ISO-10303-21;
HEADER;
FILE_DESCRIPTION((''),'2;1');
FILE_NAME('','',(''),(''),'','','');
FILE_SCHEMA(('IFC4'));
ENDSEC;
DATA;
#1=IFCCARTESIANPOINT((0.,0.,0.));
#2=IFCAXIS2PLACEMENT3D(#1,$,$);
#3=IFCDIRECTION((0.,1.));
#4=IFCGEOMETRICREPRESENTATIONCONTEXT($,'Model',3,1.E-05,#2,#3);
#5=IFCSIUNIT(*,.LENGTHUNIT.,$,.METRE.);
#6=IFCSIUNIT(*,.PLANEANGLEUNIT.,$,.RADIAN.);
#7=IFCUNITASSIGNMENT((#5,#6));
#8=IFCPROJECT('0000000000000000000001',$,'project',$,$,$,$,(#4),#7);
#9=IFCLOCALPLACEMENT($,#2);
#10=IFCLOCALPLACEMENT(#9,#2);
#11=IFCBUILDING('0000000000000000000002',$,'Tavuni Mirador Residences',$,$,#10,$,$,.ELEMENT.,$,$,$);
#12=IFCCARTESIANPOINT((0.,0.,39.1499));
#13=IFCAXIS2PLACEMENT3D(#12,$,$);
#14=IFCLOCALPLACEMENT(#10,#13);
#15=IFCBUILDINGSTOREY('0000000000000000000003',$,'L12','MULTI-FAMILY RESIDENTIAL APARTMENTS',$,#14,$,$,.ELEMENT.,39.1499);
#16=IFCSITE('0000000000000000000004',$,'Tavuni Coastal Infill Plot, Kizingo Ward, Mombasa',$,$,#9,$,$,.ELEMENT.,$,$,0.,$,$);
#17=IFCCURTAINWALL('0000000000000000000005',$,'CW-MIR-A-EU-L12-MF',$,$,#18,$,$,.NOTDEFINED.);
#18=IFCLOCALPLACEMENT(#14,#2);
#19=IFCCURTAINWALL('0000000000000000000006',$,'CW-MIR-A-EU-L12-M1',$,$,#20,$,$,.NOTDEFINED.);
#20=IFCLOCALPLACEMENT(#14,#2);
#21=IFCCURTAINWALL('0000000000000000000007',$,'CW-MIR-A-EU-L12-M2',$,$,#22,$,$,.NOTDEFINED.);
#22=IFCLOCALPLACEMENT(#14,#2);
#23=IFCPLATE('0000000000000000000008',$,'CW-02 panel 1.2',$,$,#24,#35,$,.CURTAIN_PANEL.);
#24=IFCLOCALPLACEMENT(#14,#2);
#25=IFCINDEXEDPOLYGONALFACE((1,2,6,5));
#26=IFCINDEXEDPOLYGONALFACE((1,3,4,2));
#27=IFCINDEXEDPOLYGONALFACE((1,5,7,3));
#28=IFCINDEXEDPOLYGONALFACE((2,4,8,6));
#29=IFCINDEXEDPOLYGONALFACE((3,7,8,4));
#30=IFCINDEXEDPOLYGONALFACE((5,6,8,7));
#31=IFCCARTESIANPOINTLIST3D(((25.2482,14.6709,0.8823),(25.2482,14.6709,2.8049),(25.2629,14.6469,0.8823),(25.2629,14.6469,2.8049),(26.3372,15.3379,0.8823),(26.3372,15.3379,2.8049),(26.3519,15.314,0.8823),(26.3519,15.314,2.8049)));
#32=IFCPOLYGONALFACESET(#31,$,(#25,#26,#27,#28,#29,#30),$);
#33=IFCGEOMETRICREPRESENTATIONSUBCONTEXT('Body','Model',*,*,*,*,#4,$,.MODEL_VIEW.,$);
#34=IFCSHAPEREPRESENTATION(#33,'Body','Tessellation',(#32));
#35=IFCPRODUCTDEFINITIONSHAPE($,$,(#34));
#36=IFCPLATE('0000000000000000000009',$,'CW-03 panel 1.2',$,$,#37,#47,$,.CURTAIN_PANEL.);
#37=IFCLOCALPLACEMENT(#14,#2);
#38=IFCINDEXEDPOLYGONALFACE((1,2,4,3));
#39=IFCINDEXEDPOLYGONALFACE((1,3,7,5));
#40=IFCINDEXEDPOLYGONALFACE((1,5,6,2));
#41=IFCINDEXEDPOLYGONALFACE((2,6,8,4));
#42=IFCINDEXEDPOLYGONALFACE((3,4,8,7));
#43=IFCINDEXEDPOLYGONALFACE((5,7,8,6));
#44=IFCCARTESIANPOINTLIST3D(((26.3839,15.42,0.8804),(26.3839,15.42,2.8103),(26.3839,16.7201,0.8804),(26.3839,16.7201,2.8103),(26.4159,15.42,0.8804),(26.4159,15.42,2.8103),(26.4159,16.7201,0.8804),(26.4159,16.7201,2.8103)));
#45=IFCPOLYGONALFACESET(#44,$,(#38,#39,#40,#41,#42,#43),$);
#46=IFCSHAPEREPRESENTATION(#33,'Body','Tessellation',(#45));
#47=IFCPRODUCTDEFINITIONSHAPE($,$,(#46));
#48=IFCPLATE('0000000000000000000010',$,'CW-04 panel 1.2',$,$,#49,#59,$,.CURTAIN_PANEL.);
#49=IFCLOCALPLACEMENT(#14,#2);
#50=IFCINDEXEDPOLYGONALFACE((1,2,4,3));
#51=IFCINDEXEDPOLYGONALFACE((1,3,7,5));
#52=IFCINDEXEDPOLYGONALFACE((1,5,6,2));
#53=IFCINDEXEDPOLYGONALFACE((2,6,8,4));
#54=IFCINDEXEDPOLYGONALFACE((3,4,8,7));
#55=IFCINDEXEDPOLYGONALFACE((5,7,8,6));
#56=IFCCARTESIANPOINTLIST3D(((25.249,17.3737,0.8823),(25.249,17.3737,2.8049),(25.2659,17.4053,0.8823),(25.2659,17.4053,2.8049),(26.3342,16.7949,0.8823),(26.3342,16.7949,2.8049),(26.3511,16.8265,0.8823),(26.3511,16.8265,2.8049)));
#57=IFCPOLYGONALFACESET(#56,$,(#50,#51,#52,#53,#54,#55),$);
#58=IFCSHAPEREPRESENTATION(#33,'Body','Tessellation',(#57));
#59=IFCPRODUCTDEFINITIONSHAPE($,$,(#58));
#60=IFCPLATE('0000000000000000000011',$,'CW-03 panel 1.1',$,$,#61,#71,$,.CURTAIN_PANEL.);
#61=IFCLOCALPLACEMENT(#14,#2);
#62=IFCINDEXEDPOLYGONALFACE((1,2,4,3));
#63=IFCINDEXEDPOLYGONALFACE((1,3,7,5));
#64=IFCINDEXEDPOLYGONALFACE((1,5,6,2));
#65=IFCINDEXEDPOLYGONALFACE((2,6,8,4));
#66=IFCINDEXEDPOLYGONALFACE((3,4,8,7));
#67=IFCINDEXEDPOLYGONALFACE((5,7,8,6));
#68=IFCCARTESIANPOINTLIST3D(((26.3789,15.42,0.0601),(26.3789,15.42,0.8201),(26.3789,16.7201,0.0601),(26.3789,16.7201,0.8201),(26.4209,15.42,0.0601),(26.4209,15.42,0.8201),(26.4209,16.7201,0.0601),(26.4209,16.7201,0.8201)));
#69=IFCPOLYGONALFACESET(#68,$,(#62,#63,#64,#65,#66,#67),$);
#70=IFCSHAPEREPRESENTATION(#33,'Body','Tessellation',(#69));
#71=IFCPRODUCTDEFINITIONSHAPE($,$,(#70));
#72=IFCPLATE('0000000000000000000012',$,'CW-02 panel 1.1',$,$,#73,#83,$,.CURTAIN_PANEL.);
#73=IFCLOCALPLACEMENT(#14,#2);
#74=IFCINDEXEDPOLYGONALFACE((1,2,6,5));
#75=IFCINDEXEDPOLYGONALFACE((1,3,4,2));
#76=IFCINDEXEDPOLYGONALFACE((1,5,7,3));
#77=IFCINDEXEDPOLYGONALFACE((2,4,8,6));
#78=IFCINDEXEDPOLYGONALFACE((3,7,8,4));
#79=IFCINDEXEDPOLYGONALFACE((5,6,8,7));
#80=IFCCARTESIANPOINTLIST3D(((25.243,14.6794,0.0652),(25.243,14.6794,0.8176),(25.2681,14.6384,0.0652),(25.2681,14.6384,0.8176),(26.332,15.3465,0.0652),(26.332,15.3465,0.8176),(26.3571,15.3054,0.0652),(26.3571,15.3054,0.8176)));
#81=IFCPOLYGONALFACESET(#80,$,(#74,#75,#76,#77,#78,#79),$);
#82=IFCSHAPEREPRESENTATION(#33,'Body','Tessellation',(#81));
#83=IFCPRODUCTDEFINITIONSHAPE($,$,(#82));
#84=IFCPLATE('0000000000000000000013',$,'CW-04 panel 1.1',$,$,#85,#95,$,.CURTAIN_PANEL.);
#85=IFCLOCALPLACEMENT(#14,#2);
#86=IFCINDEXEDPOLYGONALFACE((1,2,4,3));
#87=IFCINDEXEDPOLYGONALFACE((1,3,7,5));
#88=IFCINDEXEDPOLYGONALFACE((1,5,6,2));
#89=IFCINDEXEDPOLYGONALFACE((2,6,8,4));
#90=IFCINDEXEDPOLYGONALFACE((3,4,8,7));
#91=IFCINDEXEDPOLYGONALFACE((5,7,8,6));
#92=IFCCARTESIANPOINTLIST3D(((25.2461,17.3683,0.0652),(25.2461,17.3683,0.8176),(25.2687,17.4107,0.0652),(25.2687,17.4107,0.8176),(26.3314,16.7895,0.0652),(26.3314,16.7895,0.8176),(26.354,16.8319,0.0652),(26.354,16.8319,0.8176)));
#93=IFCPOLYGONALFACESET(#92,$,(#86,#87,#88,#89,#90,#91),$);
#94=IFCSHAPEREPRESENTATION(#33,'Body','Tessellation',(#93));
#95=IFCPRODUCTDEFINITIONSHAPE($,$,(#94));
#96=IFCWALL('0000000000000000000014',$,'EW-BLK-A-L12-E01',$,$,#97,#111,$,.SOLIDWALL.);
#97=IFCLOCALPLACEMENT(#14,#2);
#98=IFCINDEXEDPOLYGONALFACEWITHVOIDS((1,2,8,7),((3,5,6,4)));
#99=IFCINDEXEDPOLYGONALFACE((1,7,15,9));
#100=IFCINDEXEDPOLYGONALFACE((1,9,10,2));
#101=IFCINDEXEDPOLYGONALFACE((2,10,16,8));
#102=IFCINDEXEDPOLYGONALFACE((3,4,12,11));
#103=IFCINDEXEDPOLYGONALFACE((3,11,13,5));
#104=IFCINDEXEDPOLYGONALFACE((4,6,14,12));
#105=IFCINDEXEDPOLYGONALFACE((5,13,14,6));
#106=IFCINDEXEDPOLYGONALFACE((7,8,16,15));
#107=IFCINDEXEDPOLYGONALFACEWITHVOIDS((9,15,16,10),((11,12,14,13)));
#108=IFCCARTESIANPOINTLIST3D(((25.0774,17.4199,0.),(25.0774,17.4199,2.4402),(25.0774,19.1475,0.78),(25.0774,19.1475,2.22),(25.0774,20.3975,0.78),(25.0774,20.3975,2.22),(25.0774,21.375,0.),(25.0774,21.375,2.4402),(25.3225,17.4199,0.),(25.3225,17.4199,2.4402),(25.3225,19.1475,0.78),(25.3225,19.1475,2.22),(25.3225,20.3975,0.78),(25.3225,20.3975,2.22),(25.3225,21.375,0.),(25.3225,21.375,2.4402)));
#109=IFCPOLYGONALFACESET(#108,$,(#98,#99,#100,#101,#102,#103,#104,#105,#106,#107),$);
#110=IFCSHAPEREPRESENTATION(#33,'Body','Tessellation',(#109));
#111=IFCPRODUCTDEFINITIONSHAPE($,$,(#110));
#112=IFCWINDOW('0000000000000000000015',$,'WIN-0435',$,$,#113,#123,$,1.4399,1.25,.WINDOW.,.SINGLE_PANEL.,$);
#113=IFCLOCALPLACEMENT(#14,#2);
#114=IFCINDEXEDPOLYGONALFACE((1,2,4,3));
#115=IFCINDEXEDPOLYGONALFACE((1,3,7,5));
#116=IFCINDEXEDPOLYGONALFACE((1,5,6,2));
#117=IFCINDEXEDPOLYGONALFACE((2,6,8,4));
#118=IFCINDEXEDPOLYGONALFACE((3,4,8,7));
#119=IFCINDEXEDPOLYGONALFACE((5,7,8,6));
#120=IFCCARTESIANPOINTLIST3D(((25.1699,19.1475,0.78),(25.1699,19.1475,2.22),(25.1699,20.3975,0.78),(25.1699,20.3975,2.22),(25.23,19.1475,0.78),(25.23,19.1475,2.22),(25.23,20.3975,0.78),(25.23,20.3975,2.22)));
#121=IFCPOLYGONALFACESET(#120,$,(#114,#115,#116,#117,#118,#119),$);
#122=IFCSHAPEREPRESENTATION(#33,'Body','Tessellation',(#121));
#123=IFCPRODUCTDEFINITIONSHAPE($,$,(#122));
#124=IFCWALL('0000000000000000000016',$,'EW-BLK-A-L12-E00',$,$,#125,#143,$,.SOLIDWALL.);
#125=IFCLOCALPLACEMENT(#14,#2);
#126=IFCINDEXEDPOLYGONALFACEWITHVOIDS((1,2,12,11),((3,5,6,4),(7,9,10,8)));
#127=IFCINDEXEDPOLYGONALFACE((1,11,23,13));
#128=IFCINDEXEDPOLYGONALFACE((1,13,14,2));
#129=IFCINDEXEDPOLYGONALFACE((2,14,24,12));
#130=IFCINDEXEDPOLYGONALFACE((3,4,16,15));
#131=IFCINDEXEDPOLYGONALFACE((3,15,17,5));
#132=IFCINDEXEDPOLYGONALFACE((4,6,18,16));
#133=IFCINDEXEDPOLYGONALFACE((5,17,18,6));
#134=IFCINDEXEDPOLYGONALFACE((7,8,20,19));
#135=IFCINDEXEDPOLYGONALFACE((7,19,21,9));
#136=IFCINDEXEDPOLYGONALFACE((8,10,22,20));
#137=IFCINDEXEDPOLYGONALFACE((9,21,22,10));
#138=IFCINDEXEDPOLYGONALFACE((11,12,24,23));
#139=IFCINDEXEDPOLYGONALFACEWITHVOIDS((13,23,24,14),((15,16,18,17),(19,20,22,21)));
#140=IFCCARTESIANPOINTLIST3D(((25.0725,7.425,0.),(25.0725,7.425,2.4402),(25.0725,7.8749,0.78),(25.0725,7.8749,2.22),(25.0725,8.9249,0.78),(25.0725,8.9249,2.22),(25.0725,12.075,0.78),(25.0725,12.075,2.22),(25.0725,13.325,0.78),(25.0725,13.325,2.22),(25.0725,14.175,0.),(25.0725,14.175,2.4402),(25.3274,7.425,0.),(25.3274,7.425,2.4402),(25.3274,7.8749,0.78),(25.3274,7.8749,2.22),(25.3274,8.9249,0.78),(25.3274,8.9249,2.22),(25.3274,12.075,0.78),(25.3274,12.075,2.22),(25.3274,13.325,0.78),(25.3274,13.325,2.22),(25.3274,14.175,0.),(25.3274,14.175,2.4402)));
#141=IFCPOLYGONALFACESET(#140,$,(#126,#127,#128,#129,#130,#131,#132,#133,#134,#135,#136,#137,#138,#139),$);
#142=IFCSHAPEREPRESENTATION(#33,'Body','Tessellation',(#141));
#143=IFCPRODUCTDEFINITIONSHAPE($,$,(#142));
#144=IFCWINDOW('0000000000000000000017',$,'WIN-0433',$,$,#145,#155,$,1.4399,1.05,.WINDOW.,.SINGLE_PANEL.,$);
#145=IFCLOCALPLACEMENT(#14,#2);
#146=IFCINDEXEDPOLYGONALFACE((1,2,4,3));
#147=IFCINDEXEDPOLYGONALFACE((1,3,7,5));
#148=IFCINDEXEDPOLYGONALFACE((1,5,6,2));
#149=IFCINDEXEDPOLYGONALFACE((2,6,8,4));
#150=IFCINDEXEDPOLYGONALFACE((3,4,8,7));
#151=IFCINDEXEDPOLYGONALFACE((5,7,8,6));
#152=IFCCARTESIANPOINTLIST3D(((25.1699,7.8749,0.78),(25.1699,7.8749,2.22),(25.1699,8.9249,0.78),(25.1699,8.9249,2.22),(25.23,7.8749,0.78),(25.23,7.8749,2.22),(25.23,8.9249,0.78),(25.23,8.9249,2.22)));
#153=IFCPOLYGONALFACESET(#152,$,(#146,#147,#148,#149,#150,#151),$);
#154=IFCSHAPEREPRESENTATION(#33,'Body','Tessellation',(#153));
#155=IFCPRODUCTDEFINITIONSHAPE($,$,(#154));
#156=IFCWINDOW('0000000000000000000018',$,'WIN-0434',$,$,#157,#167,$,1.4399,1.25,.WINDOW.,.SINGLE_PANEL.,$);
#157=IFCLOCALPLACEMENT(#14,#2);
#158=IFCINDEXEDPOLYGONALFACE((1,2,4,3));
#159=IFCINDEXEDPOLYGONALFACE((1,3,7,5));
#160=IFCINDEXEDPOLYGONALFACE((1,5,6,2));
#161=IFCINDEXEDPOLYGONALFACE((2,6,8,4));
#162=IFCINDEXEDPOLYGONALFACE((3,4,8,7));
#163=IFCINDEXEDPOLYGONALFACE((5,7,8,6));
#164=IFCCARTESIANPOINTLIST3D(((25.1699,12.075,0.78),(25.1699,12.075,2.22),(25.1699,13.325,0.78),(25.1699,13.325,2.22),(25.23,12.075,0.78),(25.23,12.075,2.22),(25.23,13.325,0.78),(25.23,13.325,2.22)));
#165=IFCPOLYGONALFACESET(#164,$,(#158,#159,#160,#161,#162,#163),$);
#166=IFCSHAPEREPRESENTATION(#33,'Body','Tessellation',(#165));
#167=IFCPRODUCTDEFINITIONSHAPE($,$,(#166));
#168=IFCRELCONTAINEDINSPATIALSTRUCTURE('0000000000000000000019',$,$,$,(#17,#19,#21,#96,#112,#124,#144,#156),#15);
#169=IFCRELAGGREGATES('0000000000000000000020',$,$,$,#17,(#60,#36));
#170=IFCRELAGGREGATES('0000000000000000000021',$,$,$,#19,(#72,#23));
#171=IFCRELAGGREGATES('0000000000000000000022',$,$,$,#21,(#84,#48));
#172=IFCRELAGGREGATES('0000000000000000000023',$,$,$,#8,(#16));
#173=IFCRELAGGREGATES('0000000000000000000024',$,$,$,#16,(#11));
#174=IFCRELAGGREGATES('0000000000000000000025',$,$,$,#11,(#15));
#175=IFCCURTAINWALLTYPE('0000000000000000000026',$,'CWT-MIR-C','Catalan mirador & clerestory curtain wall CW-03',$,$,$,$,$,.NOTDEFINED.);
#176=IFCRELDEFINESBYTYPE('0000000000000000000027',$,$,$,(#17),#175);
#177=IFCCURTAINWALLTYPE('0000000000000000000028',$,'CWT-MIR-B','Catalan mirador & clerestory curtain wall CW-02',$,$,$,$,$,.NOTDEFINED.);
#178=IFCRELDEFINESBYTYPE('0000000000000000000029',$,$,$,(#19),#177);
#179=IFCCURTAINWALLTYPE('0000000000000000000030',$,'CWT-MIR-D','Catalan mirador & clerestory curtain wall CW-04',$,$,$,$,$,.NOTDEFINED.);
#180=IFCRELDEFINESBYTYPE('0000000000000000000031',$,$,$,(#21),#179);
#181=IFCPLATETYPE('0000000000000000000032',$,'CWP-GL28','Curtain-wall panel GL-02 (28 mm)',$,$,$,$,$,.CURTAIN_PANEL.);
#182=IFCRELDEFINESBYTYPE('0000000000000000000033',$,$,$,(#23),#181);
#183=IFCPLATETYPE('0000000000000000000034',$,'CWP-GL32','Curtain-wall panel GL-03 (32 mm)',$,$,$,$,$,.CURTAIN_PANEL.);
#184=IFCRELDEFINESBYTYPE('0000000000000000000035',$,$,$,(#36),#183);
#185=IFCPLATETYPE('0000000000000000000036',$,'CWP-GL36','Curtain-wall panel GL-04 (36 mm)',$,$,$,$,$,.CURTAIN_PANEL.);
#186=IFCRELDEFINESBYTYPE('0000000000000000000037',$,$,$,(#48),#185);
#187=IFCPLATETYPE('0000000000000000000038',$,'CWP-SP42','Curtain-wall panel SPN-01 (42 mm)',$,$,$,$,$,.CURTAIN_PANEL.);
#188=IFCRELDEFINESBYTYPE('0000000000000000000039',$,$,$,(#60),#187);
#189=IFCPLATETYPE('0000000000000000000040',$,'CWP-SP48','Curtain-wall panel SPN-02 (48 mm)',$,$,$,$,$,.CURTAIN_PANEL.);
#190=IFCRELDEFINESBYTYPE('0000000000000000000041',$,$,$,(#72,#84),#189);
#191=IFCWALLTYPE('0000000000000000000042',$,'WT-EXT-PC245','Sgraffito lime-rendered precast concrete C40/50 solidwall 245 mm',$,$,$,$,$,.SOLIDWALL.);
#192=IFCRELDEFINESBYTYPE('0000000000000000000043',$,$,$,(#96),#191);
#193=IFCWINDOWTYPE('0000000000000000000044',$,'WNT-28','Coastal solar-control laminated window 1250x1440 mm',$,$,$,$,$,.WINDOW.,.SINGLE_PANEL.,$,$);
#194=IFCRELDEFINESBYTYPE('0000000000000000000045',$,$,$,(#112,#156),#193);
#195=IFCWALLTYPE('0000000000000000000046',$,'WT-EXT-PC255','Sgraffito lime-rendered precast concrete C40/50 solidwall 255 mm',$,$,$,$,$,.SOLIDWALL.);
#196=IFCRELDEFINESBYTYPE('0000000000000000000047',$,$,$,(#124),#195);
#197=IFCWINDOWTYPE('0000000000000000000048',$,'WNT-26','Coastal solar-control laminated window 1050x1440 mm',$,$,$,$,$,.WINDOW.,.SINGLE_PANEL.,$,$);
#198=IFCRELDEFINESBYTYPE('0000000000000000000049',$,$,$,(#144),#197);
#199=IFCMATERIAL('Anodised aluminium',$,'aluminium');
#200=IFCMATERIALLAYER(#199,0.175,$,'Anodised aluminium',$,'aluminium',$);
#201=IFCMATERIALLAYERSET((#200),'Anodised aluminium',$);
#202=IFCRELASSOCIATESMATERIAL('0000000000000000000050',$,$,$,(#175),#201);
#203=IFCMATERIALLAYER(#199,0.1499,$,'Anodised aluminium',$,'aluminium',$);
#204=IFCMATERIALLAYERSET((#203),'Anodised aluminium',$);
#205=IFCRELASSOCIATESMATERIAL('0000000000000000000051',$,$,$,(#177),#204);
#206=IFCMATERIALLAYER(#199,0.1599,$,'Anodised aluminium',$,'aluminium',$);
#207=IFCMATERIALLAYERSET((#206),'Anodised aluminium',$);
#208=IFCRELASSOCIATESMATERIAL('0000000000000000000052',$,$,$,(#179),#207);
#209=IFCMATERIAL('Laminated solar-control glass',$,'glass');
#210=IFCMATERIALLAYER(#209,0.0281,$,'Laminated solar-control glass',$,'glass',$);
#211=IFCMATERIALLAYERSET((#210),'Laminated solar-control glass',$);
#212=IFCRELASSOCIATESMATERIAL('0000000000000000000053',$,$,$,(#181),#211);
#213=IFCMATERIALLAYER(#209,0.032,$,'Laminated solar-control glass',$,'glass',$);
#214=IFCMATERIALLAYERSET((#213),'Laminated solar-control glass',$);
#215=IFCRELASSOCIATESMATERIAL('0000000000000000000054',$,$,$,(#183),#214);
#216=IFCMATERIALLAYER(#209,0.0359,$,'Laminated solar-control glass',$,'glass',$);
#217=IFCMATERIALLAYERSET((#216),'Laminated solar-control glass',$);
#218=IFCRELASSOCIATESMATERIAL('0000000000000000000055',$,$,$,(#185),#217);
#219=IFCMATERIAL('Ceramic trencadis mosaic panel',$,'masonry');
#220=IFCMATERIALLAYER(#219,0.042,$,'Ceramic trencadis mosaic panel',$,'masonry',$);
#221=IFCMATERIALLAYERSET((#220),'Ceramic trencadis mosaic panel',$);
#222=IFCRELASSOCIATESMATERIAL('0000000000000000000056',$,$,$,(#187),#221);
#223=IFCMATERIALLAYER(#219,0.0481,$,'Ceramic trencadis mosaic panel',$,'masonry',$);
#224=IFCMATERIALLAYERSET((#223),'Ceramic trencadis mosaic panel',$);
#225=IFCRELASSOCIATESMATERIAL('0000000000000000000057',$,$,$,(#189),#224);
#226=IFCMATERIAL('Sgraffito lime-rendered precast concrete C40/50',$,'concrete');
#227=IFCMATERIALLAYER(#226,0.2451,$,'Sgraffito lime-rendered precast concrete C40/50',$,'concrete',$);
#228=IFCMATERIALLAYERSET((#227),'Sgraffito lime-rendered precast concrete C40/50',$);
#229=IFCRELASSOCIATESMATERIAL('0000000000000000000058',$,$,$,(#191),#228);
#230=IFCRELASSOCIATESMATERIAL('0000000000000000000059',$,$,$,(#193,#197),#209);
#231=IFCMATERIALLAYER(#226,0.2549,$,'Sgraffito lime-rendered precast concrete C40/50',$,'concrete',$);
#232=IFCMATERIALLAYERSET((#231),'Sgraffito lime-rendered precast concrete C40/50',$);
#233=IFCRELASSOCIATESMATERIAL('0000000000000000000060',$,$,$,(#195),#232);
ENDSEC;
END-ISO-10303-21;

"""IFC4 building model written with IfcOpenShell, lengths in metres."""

from ifc_helpers import new_model, si_unit, direction, frame, frame_2d, origin, origin_2d, place, context, subcontext, project, spatial, rectangle, extrude, material, layer, layer_set, type_object, element, fill, aggregate, save


model = new_model("IFC4")

# Units and contexts
model_context = context("Model", 3, precision=1e-05, world=origin(), true_north=direction((0.0, 1.0)))
body_context = subcontext(model_context, "Body", "Model", "MODEL_VIEW")
ifc_project = project(units=[si_unit("LENGTHUNIT", "METRE"), si_unit("PLANEANGLEUNIT", "RADIAN")], contexts=[model_context])

# Site, building, storey
site_placement = place(None, origin())
site = spatial("IfcSite", under=ifc_project, at=site_placement, Name="Tavuni Coastal Infill Plot, Kizingo Ward, Mombasa", CompositionType="ELEMENT", RefElevation=0.0)
building_placement = place(site_placement, origin())
building = spatial("IfcBuilding", under=site, at=building_placement, Name="Tavuni Mirador Residences", CompositionType="ELEMENT")
storey_placement = place(building_placement, frame((0.0, 0.0, 39.1499)))
storey = spatial("IfcBuildingStorey", under=building, at=storey_placement, Name="L12", Description="MULTI-FAMILY RESIDENTIAL APARTMENTS", CompositionType="ELEMENT", Elevation=39.1499)

# Curtain walls
ifc_material_1 = material(Name="Anodised aluminium", Category="aluminium")
ifc_layer_1 = layer(ifc_material_1, 0.175, Name="Anodised aluminium", Category="aluminium")
ifc_layer_set_1 = layer_set([ifc_layer_1], Name="Anodised aluminium")
curtain_wall_type_1 = type_object("IfcCurtainWallType", Name="CWT-MIR-C", Description="Catalan mirador & clerestory curtain wall CW-03", PredefinedType="NOTDEFINED", material=ifc_layer_set_1)
curtain_wall_1_placement = place(storey_placement, origin())
curtain_wall_1 = element("IfcCurtainWall", 1, at=curtain_wall_1_placement, inside=storey, type_object=curtain_wall_type_1, Name="CW-MIR-A-EU-L12-MF", PredefinedType="NOTDEFINED")
ifc_layer_2 = layer(ifc_material_1, 0.1499, Name="Anodised aluminium", Category="aluminium")
ifc_layer_set_2 = layer_set([ifc_layer_2], Name="Anodised aluminium")
curtain_wall_type_2 = type_object("IfcCurtainWallType", Name="CWT-MIR-B", Description="Catalan mirador & clerestory curtain wall CW-02", PredefinedType="NOTDEFINED", material=ifc_layer_set_2)
curtain_wall_2_placement = place(storey_placement, origin())
curtain_wall_2 = element("IfcCurtainWall", 2, at=curtain_wall_2_placement, inside=storey, type_object=curtain_wall_type_2, Name="CW-MIR-A-EU-L12-M1", PredefinedType="NOTDEFINED")
ifc_layer_3 = layer(ifc_material_1, 0.1599, Name="Anodised aluminium", Category="aluminium")
ifc_layer_set_3 = layer_set([ifc_layer_3], Name="Anodised aluminium")
curtain_wall_type_3 = type_object("IfcCurtainWallType", Name="CWT-MIR-D", Description="Catalan mirador & clerestory curtain wall CW-04", PredefinedType="NOTDEFINED", material=ifc_layer_set_3)
curtain_wall_3_placement = place(storey_placement, origin())
curtain_wall_3 = element("IfcCurtainWall", 3, at=curtain_wall_3_placement, inside=storey, type_object=curtain_wall_type_3, Name="CW-MIR-A-EU-L12-M2", PredefinedType="NOTDEFINED")

# Plates
ifc_material_2 = material(Name="Laminated solar-control glass", Category="glass")
ifc_layer_4 = layer(ifc_material_2, 0.0281, Name="Laminated solar-control glass", Category="glass")
ifc_layer_set_4 = layer_set([ifc_layer_4], Name="Laminated solar-control glass")
plate_type_1 = type_object("IfcPlateType", Name="CWP-GL28", Description="Curtain-wall panel GL-02 (28 mm)", PredefinedType="CURTAIN_PANEL", material=ifc_layer_set_4)
plate_1_placement = place(storey_placement, frame((25.8, 14.9924, 0.8823), z_axis=(0.0, 0.0, 1.0), x_axis=(0.852754, 0.522312, 0.0)))
plate_1 = element("IfcPlate", 4, at=plate_1_placement, type_object=plate_type_1, Name="CW-02 panel 1.2", PredefinedType="CURTAIN_PANEL", context=body_context, shape_type="SweptSolid", body=[
    extrude(rectangle(XDim=1.2771, YDim=0.0281, at=origin_2d()), origin(), (0.0, 0.0, 1.0), 1.9226),
])
ifc_layer_5 = layer(ifc_material_2, 0.032, Name="Laminated solar-control glass", Category="glass")
ifc_layer_set_5 = layer_set([ifc_layer_5], Name="Laminated solar-control glass")
plate_type_2 = type_object("IfcPlateType", Name="CWP-GL32", Description="Curtain-wall panel GL-03 (32 mm)", PredefinedType="CURTAIN_PANEL", material=ifc_layer_set_5)
plate_2_placement = place(storey_placement, frame((26.3999, 16.0701, 0.8804), z_axis=(0.0, 0.0, 1.0), x_axis=(0.0, 1.0, 0.0)))
plate_2 = element("IfcPlate", 5, at=plate_2_placement, type_object=plate_type_2, Name="CW-03 panel 1.2", PredefinedType="CURTAIN_PANEL", context=body_context, shape_type="SweptSolid", body=[
    extrude(rectangle(XDim=1.3, YDim=0.032, at=origin_2d()), origin(), (0.0, 0.0, 1.0), 1.9299),
])
ifc_layer_6 = layer(ifc_material_2, 0.0359, Name="Laminated solar-control glass", Category="glass")
ifc_layer_set_6 = layer_set([ifc_layer_6], Name="Laminated solar-control glass")
plate_type_3 = type_object("IfcPlateType", Name="CWP-GL36", Description="Curtain-wall panel GL-04 (36 mm)", PredefinedType="CURTAIN_PANEL", material=ifc_layer_set_6)
plate_3_placement = place(storey_placement, frame((25.8, 17.1001, 0.8823), z_axis=(0.0, 0.0, 1.0), x_axis=(-0.882353, 0.470588, 0.0)))
plate_3 = element("IfcPlate", 6, at=plate_3_placement, type_object=plate_type_3, Name="CW-04 panel 1.2", PredefinedType="CURTAIN_PANEL", context=body_context, shape_type="SweptSolid", body=[
    extrude(rectangle(XDim=1.23, YDim=0.0359, at=origin_2d()), origin(), (0.0, 0.0, 1.0), 1.9226),
])
ifc_material_3 = material(Name="Ceramic trencadis mosaic panel", Category="masonry")
ifc_layer_7 = layer(ifc_material_3, 0.042, Name="Ceramic trencadis mosaic panel", Category="masonry")
ifc_layer_set_7 = layer_set([ifc_layer_7], Name="Ceramic trencadis mosaic panel")
plate_type_4 = type_object("IfcPlateType", Name="CWP-SP42", Description="Curtain-wall panel SPN-01 (42 mm)", PredefinedType="CURTAIN_PANEL", material=ifc_layer_set_7)
plate_4_placement = place(storey_placement, frame((26.3999, 16.0701, 0.0601), z_axis=(0.0, 0.0, 1.0), x_axis=(0.0, 1.0, 0.0)))
plate_4 = element("IfcPlate", 7, at=plate_4_placement, type_object=plate_type_4, Name="CW-03 panel 1.1", PredefinedType="CURTAIN_PANEL", context=body_context, shape_type="SweptSolid", body=[
    extrude(rectangle(XDim=1.3, YDim=0.042, at=origin_2d()), origin(), (0.0, 0.0, 1.0), 0.76),
])
aggregate(curtain_wall_1, [plate_4, plate_2])
ifc_layer_8 = layer(ifc_material_3, 0.0481, Name="Ceramic trencadis mosaic panel", Category="masonry")
ifc_layer_set_8 = layer_set([ifc_layer_8], Name="Ceramic trencadis mosaic panel")
plate_type_5 = type_object("IfcPlateType", Name="CWP-SP48", Description="Curtain-wall panel SPN-02 (48 mm)", PredefinedType="CURTAIN_PANEL", material=ifc_layer_set_8)
plate_5_placement = place(storey_placement, frame((25.8, 14.9924, 0.0652), z_axis=(0.0, 0.0, 1.0), x_axis=(0.852754, 0.522312, 0.0)))
plate_5 = element("IfcPlate", 8, at=plate_5_placement, type_object=plate_type_5, Name="CW-02 panel 1.1", PredefinedType="CURTAIN_PANEL", context=body_context, shape_type="SweptSolid", body=[
    extrude(rectangle(XDim=1.2771, YDim=0.0481, at=origin_2d()), origin(), (0.0, 0.0, 1.0), 0.7524),
])
aggregate(curtain_wall_2, [plate_5, plate_1])
plate_6_placement = place(storey_placement, frame((25.8, 17.1001, 0.0652), z_axis=(0.0, 0.0, 1.0), x_axis=(-0.882353, 0.470588, 0.0)))
plate_6 = element("IfcPlate", 9, at=plate_6_placement, type_object=plate_type_5, Name="CW-04 panel 1.1", PredefinedType="CURTAIN_PANEL", context=body_context, shape_type="SweptSolid", body=[
    extrude(rectangle(XDim=1.23, YDim=0.0481, at=origin_2d()), origin(), (0.0, 0.0, 1.0), 0.7524),
])
aggregate(curtain_wall_3, [plate_6, plate_3])

# Wall, opening, window
ifc_material_4 = material(Name="Sgraffito lime-rendered precast concrete C40/50", Category="concrete")
ifc_layer_9 = layer(ifc_material_4, 0.2451, Name="Sgraffito lime-rendered precast concrete C40/50", Category="concrete")
ifc_layer_set_9 = layer_set([ifc_layer_9], Name="Sgraffito lime-rendered precast concrete C40/50")
wall_type_1 = type_object("IfcWallType", Name="WT-EXT-PC245", Description="Sgraffito lime-rendered precast concrete C40/50 solidwall 245 mm", PredefinedType="SOLIDWALL", material=ifc_layer_set_9)
wall_1_placement = place(storey_placement, frame((25.2, 17.4199, 0.0), z_axis=(0.0, 0.0, 1.0), x_axis=(0.0, 1.0, 0.0)))
wall_1 = element("IfcWall", 10, at=wall_1_placement, inside=storey, type_object=wall_type_1, Name="EW-BLK-A-L12-E01", PredefinedType="SOLIDWALL", context=body_context, shape_type="SweptSolid", body=[
    extrude(rectangle(XDim=3.9551, YDim=0.2451, at=frame_2d((1.9775, 0.0))), origin(), (0.0, 0.0, 1.0), 2.4402),
])
opening_1_placement = place(wall_1_placement, frame((1.7275, 0.0, 0.78)))
opening_1 = element("IfcOpeningElement", 11, at=opening_1_placement, cuts=wall_1, PredefinedType="OPENING", context=body_context, shape_type="SweptSolid", body=[
    extrude(rectangle(XDim=1.25, YDim=1.4399, at=frame_2d((0.625, 0.72))), frame((0.0, 0.1326, 0.0), z_axis=(0.0, -1.0, 0.0), x_axis=(1.0, 0.0, 0.0)), (0.0, 0.0, 1.0), 0.2651),
])
window_type_1 = type_object("IfcWindowType", Name="WNT-28", Description="Coastal solar-control laminated window 1250x1440 mm", PartitioningType="SINGLE_PANEL", PredefinedType="WINDOW", material=ifc_material_2)
window_1_placement = place(opening_1_placement, origin())
window_1 = element("IfcWindow", 12, at=window_1_placement, inside=storey, type_object=window_type_1, Name="WIN-0435", OverallHeight=1.4399, OverallWidth=1.25, PartitioningType="SINGLE_PANEL", PredefinedType="WINDOW", context=body_context, shape_type="SweptSolid", body=[
    extrude(rectangle(XDim=1.25, YDim=1.4399, at=frame_2d((0.625, 0.72))), frame((0.0, 0.03, 0.0), z_axis=(0.0, -1.0, 0.0), x_axis=(1.0, 0.0, 0.0)), (0.0, 0.0, 1.0), 0.0601),
])
fill(opening_1, window_1)

# Wall, openings, windows
ifc_layer_10 = layer(ifc_material_4, 0.2549, Name="Sgraffito lime-rendered precast concrete C40/50", Category="concrete")
ifc_layer_set_10 = layer_set([ifc_layer_10], Name="Sgraffito lime-rendered precast concrete C40/50")
wall_type_2 = type_object("IfcWallType", Name="WT-EXT-PC255", Description="Sgraffito lime-rendered precast concrete C40/50 solidwall 255 mm", PredefinedType="SOLIDWALL", material=ifc_layer_set_10)
wall_2_placement = place(storey_placement, frame((25.2, 7.425, 0.0), z_axis=(0.0, 0.0, 1.0), x_axis=(0.0, 1.0, 0.0)))
wall_2 = element("IfcWall", 13, at=wall_2_placement, inside=storey, type_object=wall_type_2, Name="EW-BLK-A-L12-E00", PredefinedType="SOLIDWALL", context=body_context, shape_type="SweptSolid", body=[
    extrude(rectangle(XDim=6.75, YDim=0.2549, at=frame_2d((3.375, 0.0))), origin(), (0.0, 0.0, 1.0), 2.4402),
])
opening_2_placement = place(wall_2_placement, frame((0.45, 0.0, 0.78)))
opening_2 = element("IfcOpeningElement", 14, at=opening_2_placement, cuts=wall_2, PredefinedType="OPENING", context=body_context, shape_type="SweptSolid", body=[
    extrude(rectangle(XDim=1.05, YDim=1.4399, at=frame_2d((0.5249, 0.72))), frame((0.0, 0.1375, 0.0), z_axis=(0.0, -1.0, 0.0), x_axis=(1.0, 0.0, 0.0)), (0.0, 0.0, 1.0), 0.2749),
])
opening_3_placement = place(wall_2_placement, frame((4.6499, 0.0, 0.78)))
opening_3 = element("IfcOpeningElement", 15, at=opening_3_placement, cuts=wall_2, PredefinedType="OPENING", context=body_context, shape_type="SweptSolid", body=[
    extrude(rectangle(XDim=1.25, YDim=1.4399, at=frame_2d((0.625, 0.72))), frame((0.0, 0.1375, 0.0), z_axis=(0.0, -1.0, 0.0), x_axis=(1.0, 0.0, 0.0)), (0.0, 0.0, 1.0), 0.2749),
])
window_type_2 = type_object("IfcWindowType", Name="WNT-26", Description="Coastal solar-control laminated window 1050x1440 mm", PartitioningType="SINGLE_PANEL", PredefinedType="WINDOW", material=ifc_material_2)
window_2_placement = place(opening_2_placement, origin())
window_2 = element("IfcWindow", 16, at=window_2_placement, inside=storey, type_object=window_type_2, Name="WIN-0433", OverallHeight=1.4399, OverallWidth=1.05, PartitioningType="SINGLE_PANEL", PredefinedType="WINDOW", context=body_context, shape_type="SweptSolid", body=[
    extrude(rectangle(XDim=1.05, YDim=1.4399, at=frame_2d((0.5249, 0.72))), frame((0.0, 0.03, 0.0), z_axis=(0.0, -1.0, 0.0), x_axis=(1.0, 0.0, 0.0)), (0.0, 0.0, 1.0), 0.0601),
])
fill(opening_2, window_2)
window_3_placement = place(opening_3_placement, origin())
window_3 = element("IfcWindow", 17, at=window_3_placement, inside=storey, type_object=window_type_1, Name="WIN-0434", OverallHeight=1.4399, OverallWidth=1.25, PartitioningType="SINGLE_PANEL", PredefinedType="WINDOW", context=body_context, shape_type="SweptSolid", body=[
    extrude(rectangle(XDim=1.25, YDim=1.4399, at=frame_2d((0.625, 0.72))), frame((0.0, 0.03, 0.0), z_axis=(0.0, -1.0, 0.0), x_axis=(1.0, 0.0, 0.0)), (0.0, 0.0, 1.0), 0.0601),
])
fill(opening_3, window_3)

save(model, "model.ifc")
